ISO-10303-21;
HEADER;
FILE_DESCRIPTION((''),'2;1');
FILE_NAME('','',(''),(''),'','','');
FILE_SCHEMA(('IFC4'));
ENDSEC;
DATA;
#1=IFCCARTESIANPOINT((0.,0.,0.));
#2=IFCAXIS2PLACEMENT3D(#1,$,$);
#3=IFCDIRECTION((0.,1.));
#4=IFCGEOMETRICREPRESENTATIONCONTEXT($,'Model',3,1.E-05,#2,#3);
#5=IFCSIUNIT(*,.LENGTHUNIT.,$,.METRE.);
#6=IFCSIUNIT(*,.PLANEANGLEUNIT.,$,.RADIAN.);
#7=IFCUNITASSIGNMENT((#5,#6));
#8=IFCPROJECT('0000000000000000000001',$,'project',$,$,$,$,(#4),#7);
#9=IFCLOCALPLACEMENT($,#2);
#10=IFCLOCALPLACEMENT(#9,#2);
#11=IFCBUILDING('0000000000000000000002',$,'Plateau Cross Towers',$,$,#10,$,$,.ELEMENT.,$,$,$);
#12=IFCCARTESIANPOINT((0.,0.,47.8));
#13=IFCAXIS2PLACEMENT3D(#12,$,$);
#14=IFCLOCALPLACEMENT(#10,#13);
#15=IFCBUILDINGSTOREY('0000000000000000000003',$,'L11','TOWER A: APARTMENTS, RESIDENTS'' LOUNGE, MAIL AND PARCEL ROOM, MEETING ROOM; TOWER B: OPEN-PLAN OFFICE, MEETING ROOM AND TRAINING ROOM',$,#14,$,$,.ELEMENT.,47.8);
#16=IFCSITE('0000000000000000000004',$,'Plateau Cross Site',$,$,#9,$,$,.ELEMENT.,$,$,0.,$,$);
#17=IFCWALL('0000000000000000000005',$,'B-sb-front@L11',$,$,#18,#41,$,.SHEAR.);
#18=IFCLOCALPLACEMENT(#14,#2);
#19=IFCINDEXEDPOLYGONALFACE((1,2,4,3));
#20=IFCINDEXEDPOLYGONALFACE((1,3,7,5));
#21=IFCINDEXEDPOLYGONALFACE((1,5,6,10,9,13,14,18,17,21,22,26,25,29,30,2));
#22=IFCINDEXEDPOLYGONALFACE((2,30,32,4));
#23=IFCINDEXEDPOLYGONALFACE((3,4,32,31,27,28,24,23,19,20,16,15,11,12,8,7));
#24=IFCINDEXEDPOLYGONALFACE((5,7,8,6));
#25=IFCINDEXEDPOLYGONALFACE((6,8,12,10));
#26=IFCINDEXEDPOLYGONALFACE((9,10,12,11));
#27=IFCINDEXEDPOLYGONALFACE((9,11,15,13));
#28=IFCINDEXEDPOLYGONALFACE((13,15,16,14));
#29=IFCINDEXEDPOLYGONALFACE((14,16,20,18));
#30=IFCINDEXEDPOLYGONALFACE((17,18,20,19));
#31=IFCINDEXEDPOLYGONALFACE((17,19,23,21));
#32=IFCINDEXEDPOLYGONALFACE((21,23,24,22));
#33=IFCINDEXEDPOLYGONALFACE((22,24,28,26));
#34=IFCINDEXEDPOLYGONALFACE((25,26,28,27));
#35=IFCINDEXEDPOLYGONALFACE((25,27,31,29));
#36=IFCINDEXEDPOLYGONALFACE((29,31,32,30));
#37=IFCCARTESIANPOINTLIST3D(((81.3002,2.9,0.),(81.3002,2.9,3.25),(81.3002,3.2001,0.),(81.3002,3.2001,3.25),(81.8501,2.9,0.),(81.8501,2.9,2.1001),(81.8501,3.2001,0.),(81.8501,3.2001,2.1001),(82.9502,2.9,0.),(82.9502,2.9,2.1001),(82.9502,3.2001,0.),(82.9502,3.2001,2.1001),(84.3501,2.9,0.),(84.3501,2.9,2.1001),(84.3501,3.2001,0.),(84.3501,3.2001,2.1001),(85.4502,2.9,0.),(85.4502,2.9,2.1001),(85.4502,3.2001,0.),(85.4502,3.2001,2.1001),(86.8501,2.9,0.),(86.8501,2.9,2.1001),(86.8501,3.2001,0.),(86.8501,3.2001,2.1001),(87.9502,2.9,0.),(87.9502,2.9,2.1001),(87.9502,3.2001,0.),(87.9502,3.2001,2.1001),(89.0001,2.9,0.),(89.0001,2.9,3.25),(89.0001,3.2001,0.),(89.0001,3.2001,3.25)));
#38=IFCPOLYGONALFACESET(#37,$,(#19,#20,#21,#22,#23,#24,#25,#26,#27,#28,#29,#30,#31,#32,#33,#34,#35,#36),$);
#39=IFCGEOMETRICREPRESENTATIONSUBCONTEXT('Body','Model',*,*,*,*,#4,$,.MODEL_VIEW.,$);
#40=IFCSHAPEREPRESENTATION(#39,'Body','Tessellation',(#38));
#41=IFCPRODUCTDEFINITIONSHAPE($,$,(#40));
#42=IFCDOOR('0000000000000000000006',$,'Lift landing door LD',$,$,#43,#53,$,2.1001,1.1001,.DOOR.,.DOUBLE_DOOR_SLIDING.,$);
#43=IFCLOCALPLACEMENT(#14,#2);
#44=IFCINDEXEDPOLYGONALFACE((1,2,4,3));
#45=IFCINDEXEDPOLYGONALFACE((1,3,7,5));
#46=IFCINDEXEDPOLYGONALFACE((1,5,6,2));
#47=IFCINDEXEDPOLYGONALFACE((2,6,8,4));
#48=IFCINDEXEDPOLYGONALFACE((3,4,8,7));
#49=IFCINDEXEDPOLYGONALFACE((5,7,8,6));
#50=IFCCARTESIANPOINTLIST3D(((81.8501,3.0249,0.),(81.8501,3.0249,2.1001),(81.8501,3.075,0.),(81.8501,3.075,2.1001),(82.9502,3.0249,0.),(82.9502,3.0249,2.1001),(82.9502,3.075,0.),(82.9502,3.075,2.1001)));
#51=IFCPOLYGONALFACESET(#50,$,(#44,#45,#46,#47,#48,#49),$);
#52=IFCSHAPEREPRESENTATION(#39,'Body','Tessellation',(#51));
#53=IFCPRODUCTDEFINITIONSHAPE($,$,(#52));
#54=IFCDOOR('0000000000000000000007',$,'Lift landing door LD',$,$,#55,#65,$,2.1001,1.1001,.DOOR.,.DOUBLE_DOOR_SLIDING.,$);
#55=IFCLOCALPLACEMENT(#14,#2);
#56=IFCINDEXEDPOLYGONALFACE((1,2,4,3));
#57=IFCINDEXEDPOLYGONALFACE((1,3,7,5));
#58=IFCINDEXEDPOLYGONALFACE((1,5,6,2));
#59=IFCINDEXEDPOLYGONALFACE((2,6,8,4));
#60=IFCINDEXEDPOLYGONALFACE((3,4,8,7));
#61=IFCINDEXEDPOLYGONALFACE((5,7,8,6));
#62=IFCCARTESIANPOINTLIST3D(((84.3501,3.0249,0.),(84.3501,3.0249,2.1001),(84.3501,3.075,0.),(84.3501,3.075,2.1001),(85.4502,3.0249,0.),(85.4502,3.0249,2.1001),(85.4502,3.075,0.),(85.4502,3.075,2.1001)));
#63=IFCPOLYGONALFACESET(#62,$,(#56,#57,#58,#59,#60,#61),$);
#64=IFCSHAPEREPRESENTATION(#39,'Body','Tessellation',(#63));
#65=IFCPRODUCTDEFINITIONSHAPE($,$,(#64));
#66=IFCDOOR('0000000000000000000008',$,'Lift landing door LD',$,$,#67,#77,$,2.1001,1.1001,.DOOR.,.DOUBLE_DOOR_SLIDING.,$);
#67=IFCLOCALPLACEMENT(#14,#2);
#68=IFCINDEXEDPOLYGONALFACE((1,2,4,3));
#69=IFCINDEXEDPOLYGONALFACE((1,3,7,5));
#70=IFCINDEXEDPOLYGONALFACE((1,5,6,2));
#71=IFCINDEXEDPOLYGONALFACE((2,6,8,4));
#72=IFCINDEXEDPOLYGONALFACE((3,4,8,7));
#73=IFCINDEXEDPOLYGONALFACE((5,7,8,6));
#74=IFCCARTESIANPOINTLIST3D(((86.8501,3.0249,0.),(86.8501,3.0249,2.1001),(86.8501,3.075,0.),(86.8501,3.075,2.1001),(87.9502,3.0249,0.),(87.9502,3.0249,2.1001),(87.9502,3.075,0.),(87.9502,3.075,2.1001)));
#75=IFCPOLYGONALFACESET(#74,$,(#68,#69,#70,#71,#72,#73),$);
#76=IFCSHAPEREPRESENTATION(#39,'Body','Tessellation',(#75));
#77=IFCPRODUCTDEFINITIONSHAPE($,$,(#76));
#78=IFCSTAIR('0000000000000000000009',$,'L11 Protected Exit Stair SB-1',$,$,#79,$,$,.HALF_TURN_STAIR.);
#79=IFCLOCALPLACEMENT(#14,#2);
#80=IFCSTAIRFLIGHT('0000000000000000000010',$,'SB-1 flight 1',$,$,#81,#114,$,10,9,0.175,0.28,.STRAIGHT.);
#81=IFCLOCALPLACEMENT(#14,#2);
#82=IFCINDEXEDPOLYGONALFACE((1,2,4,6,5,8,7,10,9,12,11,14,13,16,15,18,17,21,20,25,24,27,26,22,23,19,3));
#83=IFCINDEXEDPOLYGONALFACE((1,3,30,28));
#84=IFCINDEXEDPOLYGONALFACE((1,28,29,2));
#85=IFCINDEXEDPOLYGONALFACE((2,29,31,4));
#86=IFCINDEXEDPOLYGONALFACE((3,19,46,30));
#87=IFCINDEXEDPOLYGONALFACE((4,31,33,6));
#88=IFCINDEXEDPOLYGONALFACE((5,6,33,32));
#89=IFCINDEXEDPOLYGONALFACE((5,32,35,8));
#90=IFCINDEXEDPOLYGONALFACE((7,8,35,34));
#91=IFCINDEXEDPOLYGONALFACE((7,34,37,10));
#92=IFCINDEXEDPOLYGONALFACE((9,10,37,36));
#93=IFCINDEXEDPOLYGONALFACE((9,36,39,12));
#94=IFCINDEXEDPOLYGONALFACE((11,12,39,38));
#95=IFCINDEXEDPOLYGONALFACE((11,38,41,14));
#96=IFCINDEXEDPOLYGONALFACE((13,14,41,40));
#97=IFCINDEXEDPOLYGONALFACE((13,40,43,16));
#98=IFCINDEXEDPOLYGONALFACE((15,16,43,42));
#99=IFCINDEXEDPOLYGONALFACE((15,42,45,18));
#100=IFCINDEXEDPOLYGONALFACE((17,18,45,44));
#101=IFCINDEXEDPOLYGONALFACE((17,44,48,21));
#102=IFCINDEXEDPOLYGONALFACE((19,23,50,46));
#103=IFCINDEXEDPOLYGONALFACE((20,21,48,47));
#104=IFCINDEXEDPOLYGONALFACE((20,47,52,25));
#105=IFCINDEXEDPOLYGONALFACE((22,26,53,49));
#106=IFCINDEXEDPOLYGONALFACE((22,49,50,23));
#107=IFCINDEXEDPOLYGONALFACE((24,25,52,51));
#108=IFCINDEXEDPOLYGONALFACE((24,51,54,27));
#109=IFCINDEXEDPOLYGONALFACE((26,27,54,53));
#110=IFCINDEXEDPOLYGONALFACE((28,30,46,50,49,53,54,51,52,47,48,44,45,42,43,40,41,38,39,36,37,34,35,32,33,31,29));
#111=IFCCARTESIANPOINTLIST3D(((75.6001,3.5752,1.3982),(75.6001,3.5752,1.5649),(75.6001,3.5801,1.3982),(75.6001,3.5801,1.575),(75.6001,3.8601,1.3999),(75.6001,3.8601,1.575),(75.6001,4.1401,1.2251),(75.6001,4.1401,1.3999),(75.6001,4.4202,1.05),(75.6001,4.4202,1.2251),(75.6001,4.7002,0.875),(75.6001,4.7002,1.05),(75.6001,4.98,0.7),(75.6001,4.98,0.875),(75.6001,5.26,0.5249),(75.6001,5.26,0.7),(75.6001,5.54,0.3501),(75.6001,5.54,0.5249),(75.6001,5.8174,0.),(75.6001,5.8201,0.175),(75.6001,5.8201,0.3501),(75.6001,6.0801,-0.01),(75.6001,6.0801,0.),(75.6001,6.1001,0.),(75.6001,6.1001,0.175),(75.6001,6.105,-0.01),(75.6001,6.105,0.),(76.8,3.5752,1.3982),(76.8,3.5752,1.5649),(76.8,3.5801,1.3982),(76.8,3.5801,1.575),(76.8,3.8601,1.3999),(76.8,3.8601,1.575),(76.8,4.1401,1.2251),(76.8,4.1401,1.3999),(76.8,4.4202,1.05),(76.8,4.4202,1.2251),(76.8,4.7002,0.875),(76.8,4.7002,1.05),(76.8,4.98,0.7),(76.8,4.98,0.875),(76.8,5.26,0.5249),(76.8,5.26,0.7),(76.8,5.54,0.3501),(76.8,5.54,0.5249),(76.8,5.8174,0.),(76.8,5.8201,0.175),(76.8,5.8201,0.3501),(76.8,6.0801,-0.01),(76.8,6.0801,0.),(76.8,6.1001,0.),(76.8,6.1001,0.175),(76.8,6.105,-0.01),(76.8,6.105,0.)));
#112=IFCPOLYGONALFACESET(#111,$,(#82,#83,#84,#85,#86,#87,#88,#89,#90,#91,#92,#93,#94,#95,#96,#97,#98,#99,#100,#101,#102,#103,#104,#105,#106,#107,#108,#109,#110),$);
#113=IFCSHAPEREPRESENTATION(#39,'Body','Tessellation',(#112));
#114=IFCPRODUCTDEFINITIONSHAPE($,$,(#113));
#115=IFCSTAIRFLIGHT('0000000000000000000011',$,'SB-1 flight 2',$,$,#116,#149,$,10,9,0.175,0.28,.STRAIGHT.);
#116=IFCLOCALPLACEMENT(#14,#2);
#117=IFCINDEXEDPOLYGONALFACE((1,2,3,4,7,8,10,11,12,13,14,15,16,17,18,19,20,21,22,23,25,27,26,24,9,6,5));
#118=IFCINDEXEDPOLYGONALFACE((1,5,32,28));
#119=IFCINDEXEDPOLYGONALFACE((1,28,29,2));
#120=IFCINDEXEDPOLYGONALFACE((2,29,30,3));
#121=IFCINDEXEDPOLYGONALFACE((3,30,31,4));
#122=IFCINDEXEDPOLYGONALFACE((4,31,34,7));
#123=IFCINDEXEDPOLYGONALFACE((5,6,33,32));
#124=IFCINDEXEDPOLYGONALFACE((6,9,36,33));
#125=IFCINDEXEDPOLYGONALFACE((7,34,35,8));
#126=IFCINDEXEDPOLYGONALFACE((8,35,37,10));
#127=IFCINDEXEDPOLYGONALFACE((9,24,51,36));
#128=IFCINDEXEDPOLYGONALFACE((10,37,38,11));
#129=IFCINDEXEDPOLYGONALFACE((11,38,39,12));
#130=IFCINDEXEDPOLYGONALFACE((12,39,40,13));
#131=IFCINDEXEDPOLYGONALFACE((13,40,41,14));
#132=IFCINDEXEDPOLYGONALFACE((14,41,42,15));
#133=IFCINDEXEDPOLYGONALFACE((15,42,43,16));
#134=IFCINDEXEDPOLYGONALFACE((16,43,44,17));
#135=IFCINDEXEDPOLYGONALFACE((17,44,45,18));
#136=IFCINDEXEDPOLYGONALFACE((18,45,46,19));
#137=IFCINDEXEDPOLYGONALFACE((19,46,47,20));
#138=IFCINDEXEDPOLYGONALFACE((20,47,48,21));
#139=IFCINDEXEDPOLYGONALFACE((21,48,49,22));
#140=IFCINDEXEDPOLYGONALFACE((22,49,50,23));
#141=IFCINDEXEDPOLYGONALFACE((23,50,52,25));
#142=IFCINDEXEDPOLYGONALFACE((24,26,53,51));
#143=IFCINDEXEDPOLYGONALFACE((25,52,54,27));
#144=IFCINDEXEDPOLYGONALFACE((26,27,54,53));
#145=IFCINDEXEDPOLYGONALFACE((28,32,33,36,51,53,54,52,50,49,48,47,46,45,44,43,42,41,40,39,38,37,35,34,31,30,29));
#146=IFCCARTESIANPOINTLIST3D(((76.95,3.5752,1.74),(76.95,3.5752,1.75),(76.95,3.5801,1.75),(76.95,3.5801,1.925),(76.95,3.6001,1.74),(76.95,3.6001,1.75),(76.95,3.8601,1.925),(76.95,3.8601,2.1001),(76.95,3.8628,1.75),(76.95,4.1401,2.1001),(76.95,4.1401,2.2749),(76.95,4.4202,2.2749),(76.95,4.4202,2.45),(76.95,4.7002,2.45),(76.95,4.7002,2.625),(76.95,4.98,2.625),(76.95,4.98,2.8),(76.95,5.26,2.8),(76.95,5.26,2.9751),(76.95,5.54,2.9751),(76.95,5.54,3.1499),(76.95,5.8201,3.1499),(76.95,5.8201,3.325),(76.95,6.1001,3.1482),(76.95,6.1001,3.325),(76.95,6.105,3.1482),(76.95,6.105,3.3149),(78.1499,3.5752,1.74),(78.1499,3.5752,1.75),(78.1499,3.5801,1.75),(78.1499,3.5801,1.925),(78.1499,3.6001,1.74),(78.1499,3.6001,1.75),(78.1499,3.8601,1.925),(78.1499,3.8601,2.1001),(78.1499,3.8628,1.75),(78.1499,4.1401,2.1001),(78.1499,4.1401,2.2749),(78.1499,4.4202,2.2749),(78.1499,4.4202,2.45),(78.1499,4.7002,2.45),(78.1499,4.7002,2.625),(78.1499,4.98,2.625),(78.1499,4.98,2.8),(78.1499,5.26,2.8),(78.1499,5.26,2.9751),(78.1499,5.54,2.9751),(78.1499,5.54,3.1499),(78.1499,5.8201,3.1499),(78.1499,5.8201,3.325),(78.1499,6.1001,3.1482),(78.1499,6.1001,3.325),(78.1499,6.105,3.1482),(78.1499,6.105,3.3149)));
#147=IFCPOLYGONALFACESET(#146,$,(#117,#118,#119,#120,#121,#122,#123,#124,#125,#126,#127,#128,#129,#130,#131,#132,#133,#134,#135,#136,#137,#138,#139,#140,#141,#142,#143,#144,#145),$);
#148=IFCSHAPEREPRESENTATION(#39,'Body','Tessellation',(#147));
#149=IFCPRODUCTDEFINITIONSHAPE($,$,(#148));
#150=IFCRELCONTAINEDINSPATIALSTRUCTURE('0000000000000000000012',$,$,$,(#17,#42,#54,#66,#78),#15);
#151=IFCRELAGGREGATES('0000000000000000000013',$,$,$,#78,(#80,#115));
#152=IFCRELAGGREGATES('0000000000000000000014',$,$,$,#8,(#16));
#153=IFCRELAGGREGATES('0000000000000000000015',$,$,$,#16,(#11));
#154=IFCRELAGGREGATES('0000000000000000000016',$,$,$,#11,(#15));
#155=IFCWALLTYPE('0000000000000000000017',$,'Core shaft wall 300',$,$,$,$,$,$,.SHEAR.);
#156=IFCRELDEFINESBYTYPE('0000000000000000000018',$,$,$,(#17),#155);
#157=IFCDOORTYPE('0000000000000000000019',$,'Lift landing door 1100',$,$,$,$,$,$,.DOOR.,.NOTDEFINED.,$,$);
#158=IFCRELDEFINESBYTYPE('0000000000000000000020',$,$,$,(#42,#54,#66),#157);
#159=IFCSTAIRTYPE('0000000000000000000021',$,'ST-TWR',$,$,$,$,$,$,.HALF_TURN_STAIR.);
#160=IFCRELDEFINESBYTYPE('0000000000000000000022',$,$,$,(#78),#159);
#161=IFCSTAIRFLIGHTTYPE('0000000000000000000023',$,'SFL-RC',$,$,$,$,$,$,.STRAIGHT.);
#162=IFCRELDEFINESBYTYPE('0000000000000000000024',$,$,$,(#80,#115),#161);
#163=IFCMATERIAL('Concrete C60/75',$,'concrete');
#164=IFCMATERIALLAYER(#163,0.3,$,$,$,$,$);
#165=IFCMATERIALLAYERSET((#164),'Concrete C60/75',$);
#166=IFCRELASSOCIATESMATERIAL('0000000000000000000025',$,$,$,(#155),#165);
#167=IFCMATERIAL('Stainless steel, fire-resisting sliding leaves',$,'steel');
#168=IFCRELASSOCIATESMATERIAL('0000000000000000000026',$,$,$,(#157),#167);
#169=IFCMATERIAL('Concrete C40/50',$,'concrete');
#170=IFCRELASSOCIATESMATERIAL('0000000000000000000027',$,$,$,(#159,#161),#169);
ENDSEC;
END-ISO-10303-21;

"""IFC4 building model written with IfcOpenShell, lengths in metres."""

from ifc_helpers import new_model, si_unit, direction, frame, frame_2d, origin, place, context, subcontext, project, spatial, polyline, rectangle, outline, extrude, material, layer, layer_set, type_object, element, fill, aggregate, save


model = new_model("IFC4")

# Units and contexts
model_context = context("Model", 3, precision=1e-05, world=origin(), true_north=direction((0.0, 1.0)))
body_context = subcontext(model_context, "Body", "Model", "MODEL_VIEW")
ifc_project = project(units=[si_unit("LENGTHUNIT", "METRE"), si_unit("PLANEANGLEUNIT", "RADIAN")], contexts=[model_context])

# Site, building, storey
site_placement = place(None, origin())
site = spatial("IfcSite", under=ifc_project, at=site_placement, Name="Plateau Cross Site", CompositionType="ELEMENT", RefElevation=0.0)
building_placement = place(site_placement, origin())
building = spatial("IfcBuilding", under=site, at=building_placement, Name="Plateau Cross Towers", CompositionType="ELEMENT")
storey_placement = place(building_placement, frame((0.0, 0.0, 47.8)))
storey = spatial("IfcBuildingStorey", under=building, at=storey_placement, Name="L11", Description="TOWER A: APARTMENTS, RESIDENTS' LOUNGE, MAIL AND PARCEL ROOM, MEETING ROOM; TOWER B: OPEN-PLAN OFFICE, MEETING ROOM AND TRAINING ROOM", CompositionType="ELEMENT", Elevation=47.8)

# Wall, openings, doors
ifc_material_1 = material(Name="Concrete C60/75", Category="concrete")
ifc_layer = layer(ifc_material_1, 0.3)
ifc_layer_set = layer_set([ifc_layer], Name="Concrete C60/75")
wall_type = type_object("IfcWallType", Name="Core shaft wall 300", PredefinedType="SHEAR", material=ifc_layer_set)
wall_placement = place(storey_placement, frame((81.3, 3.05, 0.0), z_axis=(0.0, 0.0, 1.0), x_axis=(1.0, 0.0, 0.0)))
wall = element("IfcWall", 1, at=wall_placement, inside=storey, type_object=wall_type, Name="B-sb-front@L11", PredefinedType="SHEAR", context=body_context, shape_type="SweptSolid", body=[
    extrude(rectangle(XDim=7.7, YDim=0.3, at=frame_2d((3.8501, 0.0))), origin(), (0.0, 0.0, 1.0), 3.25),
])
opening_1_placement = place(wall_placement, frame((0.55, 0.0, 0.0)))
opening_1 = element("IfcOpeningElement", 2, at=opening_1_placement, cuts=wall, PredefinedType="OPENING", context=body_context, shape_type="SweptSolid", body=[
    extrude(rectangle(XDim=1.1001, YDim=2.1001, at=frame_2d((0.55, 1.05))), frame((0.0, 0.1599, 0.0), z_axis=(0.0, -1.0, 0.0), x_axis=(1.0, 0.0, 0.0)), (0.0, 0.0, 1.0), 0.3201),
])
opening_2_placement = place(wall_placement, frame((3.05, 0.0, 0.0)))
opening_2 = element("IfcOpeningElement", 3, at=opening_2_placement, cuts=wall, PredefinedType="OPENING", context=body_context, shape_type="SweptSolid", body=[
    extrude(rectangle(XDim=1.1001, YDim=2.1001, at=frame_2d((0.55, 1.05))), frame((0.0, 0.1599, 0.0), z_axis=(0.0, -1.0, 0.0), x_axis=(1.0, 0.0, 0.0)), (0.0, 0.0, 1.0), 0.3201),
])
opening_3_placement = place(wall_placement, frame((5.55, 0.0, 0.0)))
opening_3 = element("IfcOpeningElement", 4, at=opening_3_placement, cuts=wall, PredefinedType="OPENING", context=body_context, shape_type="SweptSolid", body=[
    extrude(rectangle(XDim=1.1001, YDim=2.1001, at=frame_2d((0.55, 1.05))), frame((0.0, 0.1599, 0.0), z_axis=(0.0, -1.0, 0.0), x_axis=(1.0, 0.0, 0.0)), (0.0, 0.0, 1.0), 0.3201),
])
ifc_material_2 = material(Name="Stainless steel, fire-resisting sliding leaves", Category="steel")
door_type = type_object("IfcDoorType", Name="Lift landing door 1100", OperationType="NOTDEFINED", PredefinedType="DOOR", material=ifc_material_2)
door_1_placement = place(opening_1_placement, origin())
door_1 = element("IfcDoor", 5, at=door_1_placement, inside=storey, type_object=door_type, Name="Lift landing door LD", OperationType="DOUBLE_DOOR_SLIDING", OverallHeight=2.1001, OverallWidth=1.1001, PredefinedType="DOOR", context=body_context, shape_type="SweptSolid", body=[
    extrude(rectangle(XDim=1.1001, YDim=2.1001, at=frame_2d((0.55, 1.05))), frame((0.0, 0.0249, 0.0), z_axis=(0.0, -1.0, 0.0), x_axis=(1.0, 0.0, 0.0)), (0.0, 0.0, 1.0), 0.05),
])
fill(opening_1, door_1)
door_2_placement = place(opening_2_placement, origin())
door_2 = element("IfcDoor", 6, at=door_2_placement, inside=storey, type_object=door_type, Name="Lift landing door LD", OperationType="DOUBLE_DOOR_SLIDING", OverallHeight=2.1001, OverallWidth=1.1001, PredefinedType="DOOR", context=body_context, shape_type="SweptSolid", body=[
    extrude(rectangle(XDim=1.1001, YDim=2.1001, at=frame_2d((0.55, 1.05))), frame((0.0, 0.0249, 0.0), z_axis=(0.0, -1.0, 0.0), x_axis=(1.0, 0.0, 0.0)), (0.0, 0.0, 1.0), 0.05),
])
fill(opening_2, door_2)
door_3_placement = place(opening_3_placement, origin())
door_3 = element("IfcDoor", 7, at=door_3_placement, inside=storey, type_object=door_type, Name="Lift landing door LD", OperationType="DOUBLE_DOOR_SLIDING", OverallHeight=2.1001, OverallWidth=1.1001, PredefinedType="DOOR", context=body_context, shape_type="SweptSolid", body=[
    extrude(rectangle(XDim=1.1001, YDim=2.1001, at=frame_2d((0.55, 1.05))), frame((0.0, 0.0249, 0.0), z_axis=(0.0, -1.0, 0.0), x_axis=(1.0, 0.0, 0.0)), (0.0, 0.0, 1.0), 0.05),
])
fill(opening_3, door_3)

# Stair, stair flights
ifc_material_3 = material(Name="Concrete C40/50", Category="concrete")
stair_type = type_object("IfcStairType", Name="ST-TWR", PredefinedType="HALF_TURN_STAIR", material=ifc_material_3)
stair_1_placement = place(storey_placement, origin())
stair_1 = element("IfcStair", 8, at=stair_1_placement, inside=storey, type_object=stair_type, Name="L11 Protected Exit Stair SB-1", PredefinedType="HALF_TURN_STAIR")
stair_flight_type = type_object("IfcStairFlightType", Name="SFL-RC", PredefinedType="STRAIGHT", material=ifc_material_3)
stair_flight_1_placement = place(storey_placement, frame((76.2, 6.1001, 0.0), z_axis=(0.0, 0.0, 1.0), x_axis=(0.0, -1.0, 0.0)))
stair_flight_1 = element("IfcStairFlight", 9, at=stair_flight_1_placement, type_object=stair_flight_type, Name="SB-1 flight 1", NumberOfRisers=10, NumberOfTreads=9, PredefinedType="STRAIGHT", RiserHeight=0.175, TreadLength=0.28, context=body_context, shape_type="SweptSolid", body=[
    extrude(outline(polyline([(-0.0049, -0.01), (-0.0049, 0.0), (0.0, 0.0), (0.0, 0.175), (0.28, 0.175), (0.28, 0.3501), (0.5601, 0.3501), (0.5601, 0.5249), (0.8401, 0.5249), (0.8401, 0.7), (1.1201, 0.7), (1.1201, 0.875), (1.3999, 0.875), (1.3999, 1.05), (1.6799, 1.05), (1.6799, 1.2251), (1.96, 1.2251), (1.96, 1.3999), (2.24, 1.3999), (2.24, 1.575), (2.52, 1.575), (2.5249, 1.5649), (2.5249, 1.3982), (2.52, 1.3982), (0.2827, 0.0), (0.02, 0.0), (0.02, -0.01), (-0.0049, -0.01)])), frame((0.0, 0.6001, 0.0), z_axis=(0.0, -1.0, 0.0), x_axis=(1.0, 0.0, 0.0)), (0.0, 0.0, 1.0), 1.2),
])
stair_flight_2_placement = place(storey_placement, frame((77.55, 3.5801, 1.75), z_axis=(0.0, 0.0, 1.0), x_axis=(0.0, 1.0, 0.0)))
stair_flight_2 = element("IfcStairFlight", 10, at=stair_flight_2_placement, type_object=stair_flight_type, Name="SB-1 flight 2", NumberOfRisers=10, NumberOfTreads=9, PredefinedType="STRAIGHT", RiserHeight=0.175, TreadLength=0.28, context=body_context, shape_type="SweptSolid", body=[
    extrude(outline(polyline([(-0.0049, -0.01), (-0.0049, 0.0), (0.0, 0.0), (0.0, 0.175), (0.28, 0.175), (0.28, 0.3501), (0.5601, 0.3501), (0.5601, 0.5249), (0.8401, 0.5249), (0.8401, 0.7), (1.1201, 0.7), (1.1201, 0.875), (1.3999, 0.875), (1.3999, 1.05), (1.6799, 1.05), (1.6799, 1.2251), (1.96, 1.2251), (1.96, 1.3999), (2.24, 1.3999), (2.24, 1.575), (2.52, 1.575), (2.5249, 1.5649), (2.5249, 1.3982), (2.52, 1.3982), (0.2827, 0.0), (0.02, 0.0), (0.02, -0.01), (-0.0049, -0.01)])), frame((0.0, 0.6001, 0.0), z_axis=(0.0, -1.0, 0.0), x_axis=(1.0, 0.0, 0.0)), (0.0, 0.0, 1.0), 1.2),
])
aggregate(stair_1, [stair_flight_1, stair_flight_2])

save(model, "model.ifc")
